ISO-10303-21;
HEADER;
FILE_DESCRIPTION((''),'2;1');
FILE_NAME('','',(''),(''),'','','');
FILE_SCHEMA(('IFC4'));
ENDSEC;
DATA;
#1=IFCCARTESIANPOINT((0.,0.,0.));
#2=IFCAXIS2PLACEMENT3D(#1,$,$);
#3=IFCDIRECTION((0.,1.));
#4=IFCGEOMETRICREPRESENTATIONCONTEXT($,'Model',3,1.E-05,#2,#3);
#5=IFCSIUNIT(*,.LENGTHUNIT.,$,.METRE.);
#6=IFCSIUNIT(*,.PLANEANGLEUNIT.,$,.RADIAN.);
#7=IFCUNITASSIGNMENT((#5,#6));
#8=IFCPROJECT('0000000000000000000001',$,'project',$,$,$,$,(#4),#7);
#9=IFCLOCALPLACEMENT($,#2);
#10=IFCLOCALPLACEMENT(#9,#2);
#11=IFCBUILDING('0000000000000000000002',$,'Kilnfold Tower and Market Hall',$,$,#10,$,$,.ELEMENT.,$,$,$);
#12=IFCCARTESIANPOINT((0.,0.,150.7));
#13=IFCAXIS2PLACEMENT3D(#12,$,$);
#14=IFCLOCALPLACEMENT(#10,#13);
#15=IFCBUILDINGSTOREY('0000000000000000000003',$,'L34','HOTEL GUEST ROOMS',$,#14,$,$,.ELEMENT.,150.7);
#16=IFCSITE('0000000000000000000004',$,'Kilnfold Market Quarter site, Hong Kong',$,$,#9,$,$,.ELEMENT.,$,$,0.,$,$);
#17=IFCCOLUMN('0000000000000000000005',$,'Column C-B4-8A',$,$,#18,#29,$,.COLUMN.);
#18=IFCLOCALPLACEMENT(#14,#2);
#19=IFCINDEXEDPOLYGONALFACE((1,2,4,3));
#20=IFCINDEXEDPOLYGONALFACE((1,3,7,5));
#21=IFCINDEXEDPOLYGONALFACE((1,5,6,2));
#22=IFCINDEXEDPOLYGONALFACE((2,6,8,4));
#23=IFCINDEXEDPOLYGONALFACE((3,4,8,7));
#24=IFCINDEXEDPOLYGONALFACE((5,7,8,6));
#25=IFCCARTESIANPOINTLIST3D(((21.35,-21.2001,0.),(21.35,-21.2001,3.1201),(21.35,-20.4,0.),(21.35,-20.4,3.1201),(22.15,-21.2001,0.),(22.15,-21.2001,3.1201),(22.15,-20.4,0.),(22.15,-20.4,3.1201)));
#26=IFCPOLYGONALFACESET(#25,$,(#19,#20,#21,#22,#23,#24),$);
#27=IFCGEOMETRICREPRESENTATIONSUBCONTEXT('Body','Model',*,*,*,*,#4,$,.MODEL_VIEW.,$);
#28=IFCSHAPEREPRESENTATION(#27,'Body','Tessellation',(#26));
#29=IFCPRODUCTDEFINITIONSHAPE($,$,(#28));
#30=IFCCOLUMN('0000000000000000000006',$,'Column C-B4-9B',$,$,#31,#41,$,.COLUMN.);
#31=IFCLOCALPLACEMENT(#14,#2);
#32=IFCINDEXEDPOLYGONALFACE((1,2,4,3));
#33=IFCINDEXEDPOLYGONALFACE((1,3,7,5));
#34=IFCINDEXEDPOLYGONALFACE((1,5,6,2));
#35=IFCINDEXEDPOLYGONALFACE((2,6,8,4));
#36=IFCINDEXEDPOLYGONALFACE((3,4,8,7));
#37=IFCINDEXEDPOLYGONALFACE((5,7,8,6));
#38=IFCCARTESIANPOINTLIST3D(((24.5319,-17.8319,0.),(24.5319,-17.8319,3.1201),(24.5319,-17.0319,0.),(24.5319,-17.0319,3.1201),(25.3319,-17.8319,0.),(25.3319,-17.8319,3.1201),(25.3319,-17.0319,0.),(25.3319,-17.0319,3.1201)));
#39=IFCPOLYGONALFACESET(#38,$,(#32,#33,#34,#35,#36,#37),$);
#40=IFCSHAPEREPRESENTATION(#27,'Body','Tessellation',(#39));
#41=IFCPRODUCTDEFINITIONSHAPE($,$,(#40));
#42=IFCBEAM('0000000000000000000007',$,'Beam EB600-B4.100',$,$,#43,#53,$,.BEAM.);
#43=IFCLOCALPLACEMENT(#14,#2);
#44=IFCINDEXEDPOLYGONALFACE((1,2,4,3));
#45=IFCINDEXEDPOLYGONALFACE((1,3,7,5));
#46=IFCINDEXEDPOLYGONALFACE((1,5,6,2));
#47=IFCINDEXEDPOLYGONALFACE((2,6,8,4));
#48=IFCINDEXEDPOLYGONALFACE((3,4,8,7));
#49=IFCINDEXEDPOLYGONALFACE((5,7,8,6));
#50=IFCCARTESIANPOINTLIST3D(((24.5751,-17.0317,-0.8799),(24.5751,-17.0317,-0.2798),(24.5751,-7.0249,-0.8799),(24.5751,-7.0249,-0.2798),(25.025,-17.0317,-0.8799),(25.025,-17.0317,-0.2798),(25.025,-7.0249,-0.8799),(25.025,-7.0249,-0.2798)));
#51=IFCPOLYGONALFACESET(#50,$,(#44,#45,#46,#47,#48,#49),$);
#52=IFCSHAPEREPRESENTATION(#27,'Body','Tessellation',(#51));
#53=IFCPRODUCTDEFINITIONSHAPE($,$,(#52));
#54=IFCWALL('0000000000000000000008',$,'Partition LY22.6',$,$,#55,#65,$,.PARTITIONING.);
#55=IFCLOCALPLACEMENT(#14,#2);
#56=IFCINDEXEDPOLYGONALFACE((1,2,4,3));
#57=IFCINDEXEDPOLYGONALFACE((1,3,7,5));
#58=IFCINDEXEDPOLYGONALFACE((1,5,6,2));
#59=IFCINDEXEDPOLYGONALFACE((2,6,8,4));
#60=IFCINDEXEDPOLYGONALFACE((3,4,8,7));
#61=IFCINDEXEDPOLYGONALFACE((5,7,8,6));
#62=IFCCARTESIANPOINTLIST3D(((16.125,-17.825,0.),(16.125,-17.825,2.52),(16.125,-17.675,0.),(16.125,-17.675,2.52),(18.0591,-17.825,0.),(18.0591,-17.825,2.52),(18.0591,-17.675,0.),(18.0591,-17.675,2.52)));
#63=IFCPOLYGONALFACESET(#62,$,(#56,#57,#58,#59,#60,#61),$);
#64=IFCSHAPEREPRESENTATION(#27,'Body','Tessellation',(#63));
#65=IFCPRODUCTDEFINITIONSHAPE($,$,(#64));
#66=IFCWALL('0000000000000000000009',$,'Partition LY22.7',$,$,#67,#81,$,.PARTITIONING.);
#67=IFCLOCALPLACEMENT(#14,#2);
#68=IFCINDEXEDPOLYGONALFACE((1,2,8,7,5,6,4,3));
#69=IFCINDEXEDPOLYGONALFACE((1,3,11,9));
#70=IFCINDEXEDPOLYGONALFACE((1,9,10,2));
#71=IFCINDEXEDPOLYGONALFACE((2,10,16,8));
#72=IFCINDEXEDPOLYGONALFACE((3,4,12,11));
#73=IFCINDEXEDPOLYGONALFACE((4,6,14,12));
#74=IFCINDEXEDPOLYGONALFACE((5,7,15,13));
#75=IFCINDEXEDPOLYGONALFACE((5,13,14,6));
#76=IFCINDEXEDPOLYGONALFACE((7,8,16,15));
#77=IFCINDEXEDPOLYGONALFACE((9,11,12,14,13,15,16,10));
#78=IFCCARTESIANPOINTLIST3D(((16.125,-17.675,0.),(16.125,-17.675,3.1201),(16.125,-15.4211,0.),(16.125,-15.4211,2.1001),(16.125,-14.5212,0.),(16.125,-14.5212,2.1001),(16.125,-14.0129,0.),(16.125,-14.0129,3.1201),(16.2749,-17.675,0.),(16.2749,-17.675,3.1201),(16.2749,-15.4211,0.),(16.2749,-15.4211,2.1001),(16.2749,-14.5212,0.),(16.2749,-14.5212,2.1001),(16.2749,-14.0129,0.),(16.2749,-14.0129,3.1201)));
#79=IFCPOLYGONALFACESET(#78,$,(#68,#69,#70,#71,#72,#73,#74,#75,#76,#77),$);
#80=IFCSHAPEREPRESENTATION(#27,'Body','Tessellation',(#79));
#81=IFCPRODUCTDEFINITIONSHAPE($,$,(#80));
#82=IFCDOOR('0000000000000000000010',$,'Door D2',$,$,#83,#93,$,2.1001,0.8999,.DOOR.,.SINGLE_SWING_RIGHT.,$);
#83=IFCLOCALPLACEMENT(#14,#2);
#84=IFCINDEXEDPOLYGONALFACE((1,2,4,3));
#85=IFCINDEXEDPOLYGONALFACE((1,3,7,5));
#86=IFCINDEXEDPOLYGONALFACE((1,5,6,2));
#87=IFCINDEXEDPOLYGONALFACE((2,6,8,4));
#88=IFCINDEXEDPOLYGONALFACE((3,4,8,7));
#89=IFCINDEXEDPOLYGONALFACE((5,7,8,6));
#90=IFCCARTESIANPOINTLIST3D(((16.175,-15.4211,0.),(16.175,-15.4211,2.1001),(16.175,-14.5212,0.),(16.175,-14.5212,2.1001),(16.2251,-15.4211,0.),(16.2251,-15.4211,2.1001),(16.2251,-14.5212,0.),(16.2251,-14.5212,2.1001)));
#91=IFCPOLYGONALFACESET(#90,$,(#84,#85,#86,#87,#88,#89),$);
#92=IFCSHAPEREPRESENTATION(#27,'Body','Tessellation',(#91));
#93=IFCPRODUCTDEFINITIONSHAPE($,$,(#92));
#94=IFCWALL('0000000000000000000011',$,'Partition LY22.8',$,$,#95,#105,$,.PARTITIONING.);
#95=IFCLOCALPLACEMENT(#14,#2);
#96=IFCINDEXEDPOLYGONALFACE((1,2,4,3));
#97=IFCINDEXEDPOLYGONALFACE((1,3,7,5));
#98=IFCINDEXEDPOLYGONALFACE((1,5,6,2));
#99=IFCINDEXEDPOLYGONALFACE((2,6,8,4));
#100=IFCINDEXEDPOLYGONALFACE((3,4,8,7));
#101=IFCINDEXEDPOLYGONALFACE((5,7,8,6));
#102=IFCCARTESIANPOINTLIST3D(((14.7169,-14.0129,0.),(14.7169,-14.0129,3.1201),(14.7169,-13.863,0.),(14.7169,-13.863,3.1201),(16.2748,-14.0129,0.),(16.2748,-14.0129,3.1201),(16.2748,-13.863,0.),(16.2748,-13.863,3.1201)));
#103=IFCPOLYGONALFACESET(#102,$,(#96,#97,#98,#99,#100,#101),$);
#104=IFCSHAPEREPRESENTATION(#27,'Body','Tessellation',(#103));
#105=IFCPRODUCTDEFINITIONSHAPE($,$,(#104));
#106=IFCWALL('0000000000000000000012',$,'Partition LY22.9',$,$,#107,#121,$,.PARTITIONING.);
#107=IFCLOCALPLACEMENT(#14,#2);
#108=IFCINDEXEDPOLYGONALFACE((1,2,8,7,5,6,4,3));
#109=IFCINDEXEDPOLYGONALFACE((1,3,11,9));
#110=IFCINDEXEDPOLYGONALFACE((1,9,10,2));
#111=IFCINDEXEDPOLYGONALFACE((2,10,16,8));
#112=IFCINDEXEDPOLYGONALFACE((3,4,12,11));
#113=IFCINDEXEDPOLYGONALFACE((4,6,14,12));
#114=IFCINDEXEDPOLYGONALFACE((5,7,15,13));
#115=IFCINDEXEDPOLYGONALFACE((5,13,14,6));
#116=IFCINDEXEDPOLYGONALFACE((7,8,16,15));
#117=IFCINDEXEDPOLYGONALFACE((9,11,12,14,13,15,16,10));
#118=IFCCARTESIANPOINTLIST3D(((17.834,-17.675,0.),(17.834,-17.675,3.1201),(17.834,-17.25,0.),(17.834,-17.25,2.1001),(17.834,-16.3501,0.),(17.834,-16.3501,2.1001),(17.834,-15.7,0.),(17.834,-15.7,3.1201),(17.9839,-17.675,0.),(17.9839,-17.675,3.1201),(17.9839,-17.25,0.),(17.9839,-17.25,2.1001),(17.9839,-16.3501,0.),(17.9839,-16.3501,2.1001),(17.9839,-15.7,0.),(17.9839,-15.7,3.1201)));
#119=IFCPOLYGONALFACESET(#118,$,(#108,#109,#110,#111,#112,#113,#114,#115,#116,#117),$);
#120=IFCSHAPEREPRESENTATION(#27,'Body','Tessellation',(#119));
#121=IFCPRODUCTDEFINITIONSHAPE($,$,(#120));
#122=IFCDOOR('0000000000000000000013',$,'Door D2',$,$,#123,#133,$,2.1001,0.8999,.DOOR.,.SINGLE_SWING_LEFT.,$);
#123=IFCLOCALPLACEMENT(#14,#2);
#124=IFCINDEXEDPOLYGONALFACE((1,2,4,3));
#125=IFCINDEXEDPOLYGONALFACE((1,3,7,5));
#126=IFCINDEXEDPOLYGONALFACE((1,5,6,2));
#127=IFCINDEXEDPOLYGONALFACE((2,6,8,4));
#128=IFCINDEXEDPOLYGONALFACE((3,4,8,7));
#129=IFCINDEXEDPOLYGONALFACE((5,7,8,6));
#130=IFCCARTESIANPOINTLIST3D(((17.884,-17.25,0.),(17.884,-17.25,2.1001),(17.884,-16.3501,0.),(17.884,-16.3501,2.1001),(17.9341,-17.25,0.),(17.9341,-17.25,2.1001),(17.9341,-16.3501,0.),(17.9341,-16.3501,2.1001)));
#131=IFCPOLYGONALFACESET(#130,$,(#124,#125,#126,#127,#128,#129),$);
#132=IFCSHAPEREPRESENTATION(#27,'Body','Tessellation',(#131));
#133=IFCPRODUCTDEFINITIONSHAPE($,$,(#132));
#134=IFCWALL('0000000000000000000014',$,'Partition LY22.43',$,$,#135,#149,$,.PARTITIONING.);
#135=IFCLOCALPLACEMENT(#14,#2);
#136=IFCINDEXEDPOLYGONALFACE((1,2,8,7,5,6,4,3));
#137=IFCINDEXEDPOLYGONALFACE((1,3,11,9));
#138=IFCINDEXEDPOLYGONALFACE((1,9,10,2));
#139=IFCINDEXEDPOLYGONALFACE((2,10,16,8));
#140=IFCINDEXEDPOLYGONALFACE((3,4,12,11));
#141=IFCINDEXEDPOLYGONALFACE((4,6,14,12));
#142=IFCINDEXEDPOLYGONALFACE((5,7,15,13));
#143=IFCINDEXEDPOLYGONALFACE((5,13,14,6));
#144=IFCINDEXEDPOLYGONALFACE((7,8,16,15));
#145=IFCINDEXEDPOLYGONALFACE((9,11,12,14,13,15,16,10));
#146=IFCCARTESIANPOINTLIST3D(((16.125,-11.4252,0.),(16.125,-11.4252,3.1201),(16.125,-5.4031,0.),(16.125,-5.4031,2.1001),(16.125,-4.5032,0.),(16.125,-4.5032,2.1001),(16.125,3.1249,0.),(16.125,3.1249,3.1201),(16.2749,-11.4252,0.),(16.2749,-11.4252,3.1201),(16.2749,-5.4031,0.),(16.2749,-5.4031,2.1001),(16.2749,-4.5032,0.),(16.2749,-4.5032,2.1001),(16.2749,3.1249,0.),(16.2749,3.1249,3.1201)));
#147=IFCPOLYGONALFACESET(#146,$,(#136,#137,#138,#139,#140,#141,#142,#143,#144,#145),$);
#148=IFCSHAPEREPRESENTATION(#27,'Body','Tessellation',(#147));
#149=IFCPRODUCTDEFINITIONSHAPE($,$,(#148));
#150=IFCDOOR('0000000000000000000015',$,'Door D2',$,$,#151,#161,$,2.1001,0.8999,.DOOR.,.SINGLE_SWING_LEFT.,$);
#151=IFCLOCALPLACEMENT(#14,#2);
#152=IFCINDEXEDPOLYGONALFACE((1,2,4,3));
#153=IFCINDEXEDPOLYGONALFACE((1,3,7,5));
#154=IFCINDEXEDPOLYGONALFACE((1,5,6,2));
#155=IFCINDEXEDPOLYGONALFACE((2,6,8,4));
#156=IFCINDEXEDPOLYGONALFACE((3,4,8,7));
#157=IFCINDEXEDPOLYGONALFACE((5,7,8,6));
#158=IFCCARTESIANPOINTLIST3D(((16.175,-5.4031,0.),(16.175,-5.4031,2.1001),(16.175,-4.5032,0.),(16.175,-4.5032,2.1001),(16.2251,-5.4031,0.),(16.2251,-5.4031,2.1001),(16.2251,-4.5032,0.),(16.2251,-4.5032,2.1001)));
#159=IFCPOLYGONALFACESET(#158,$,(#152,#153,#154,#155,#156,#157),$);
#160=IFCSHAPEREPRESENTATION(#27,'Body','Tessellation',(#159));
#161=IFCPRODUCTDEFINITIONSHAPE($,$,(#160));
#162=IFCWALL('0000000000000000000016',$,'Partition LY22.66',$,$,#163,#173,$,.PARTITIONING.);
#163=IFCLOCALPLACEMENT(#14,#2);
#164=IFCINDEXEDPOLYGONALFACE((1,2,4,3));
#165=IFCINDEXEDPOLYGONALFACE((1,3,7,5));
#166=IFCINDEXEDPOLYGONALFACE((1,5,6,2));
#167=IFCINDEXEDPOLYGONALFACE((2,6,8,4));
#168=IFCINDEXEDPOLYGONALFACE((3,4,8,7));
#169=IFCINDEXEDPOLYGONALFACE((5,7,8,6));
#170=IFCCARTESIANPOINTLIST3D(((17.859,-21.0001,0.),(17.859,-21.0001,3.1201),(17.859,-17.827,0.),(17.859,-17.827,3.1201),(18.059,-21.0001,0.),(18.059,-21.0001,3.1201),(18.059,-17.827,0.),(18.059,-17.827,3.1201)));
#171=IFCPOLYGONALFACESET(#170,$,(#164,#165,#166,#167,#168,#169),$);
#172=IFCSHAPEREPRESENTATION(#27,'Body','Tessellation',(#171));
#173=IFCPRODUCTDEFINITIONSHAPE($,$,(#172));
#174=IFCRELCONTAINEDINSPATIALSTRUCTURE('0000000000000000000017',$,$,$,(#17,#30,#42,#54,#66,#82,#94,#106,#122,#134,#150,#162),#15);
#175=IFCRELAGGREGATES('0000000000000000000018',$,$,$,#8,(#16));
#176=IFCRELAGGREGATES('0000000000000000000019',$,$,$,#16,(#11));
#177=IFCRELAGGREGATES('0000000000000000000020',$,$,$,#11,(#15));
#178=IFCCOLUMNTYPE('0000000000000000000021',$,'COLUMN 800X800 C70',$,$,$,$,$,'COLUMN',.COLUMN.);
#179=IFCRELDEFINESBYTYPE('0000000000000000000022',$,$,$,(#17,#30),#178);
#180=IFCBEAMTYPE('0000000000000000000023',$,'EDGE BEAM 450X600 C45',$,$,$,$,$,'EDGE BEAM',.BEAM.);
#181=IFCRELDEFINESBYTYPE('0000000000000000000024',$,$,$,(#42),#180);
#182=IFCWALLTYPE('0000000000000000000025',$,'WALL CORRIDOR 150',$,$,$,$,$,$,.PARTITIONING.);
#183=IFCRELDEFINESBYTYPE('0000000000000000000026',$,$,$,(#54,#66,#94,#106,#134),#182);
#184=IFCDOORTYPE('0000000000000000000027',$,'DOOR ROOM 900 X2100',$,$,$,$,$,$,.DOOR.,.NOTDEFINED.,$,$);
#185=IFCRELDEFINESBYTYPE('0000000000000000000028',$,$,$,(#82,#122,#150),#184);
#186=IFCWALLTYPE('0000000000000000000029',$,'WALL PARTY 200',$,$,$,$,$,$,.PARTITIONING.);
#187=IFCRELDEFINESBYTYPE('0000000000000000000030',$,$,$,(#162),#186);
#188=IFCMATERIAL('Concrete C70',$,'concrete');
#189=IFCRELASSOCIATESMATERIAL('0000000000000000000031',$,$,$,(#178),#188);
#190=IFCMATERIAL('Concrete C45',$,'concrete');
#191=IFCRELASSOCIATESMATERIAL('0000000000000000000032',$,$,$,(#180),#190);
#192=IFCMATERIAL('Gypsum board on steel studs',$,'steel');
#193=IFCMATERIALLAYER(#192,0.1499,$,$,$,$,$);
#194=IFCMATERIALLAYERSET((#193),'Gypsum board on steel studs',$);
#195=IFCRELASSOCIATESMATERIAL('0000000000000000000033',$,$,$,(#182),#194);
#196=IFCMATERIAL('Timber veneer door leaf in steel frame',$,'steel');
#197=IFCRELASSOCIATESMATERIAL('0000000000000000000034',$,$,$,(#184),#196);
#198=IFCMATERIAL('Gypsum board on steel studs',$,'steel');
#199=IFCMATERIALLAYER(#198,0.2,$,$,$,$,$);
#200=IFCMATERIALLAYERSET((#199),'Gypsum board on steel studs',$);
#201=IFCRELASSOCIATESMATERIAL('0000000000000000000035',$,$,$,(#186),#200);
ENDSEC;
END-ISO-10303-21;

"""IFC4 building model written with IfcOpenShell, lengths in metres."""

from ifc_helpers import new_model, si_unit, direction, frame, frame_2d, origin, origin_2d, place, context, subcontext, project, spatial, rectangle, extrude, source, transform, mapped, material, layer, layer_set, material_profile, profile_set, type_object, element, fill, save


model = new_model("IFC4")

# Units and contexts
model_context = context("Model", 3, precision=1e-05, world=origin(), true_north=direction((0.0, 1.0)))
body_context = subcontext(model_context, "Body", "Model", "MODEL_VIEW")
ifc_project = project(units=[si_unit("LENGTHUNIT", "METRE"), si_unit("PLANEANGLEUNIT", "RADIAN")], contexts=[model_context])

# Site, building, storey
site_placement = place(None, origin())
site = spatial("IfcSite", under=ifc_project, at=site_placement, Name="Kilnfold Market Quarter site, Hong Kong", CompositionType="ELEMENT", RefElevation=0.0)
building_placement = place(site_placement, origin())
building = spatial("IfcBuilding", under=site, at=building_placement, Name="Kilnfold Tower and Market Hall", CompositionType="ELEMENT")
storey_placement = place(building_placement, frame((0.0, 0.0, 150.7)))
storey = spatial("IfcBuildingStorey", under=building, at=storey_placement, Name="L34", Description="HOTEL GUEST ROOMS", CompositionType="ELEMENT", Elevation=150.7)

# Columns
ifc_material_1 = material(Name="Concrete C70", Category="concrete")
ifc_material_profile_1 = material_profile(ifc_material_1, rectangle(XDim=0.8, YDim=0.8, at=origin_2d()), Name="RC 800x800")
ifc_profile_set_1 = profile_set([ifc_material_profile_1], Name="Concrete C70")
column_type = type_object("IfcColumnType", Name="COLUMN 800X800 C70", ElementType="COLUMN", PredefinedType="COLUMN", material=ifc_profile_set_1)
shared_shape_1 = source(origin(), body_context, "Body", "SweptSolid", [
    extrude(rectangle(XDim=0.8, YDim=0.8, at=origin_2d()), origin(), (0.0, 0.0, 1.0), 3.1201),
])
for number, where, z_axis, x_axis, name in (
    (1, (21.75, -20.8, 0.0), (0.0, 0.0, 1.0), (1.0, 0.0, 0.0), "Column C-B4-8A"),
    (2, (24.9319, -17.4319, 0.0), (0.0, 0.0, 1.0), (1.0, 0.0, 0.0), "Column C-B4-9B"),
):
    element("IfcColumn", number, at=place(storey_placement, frame(where, z_axis=z_axis, x_axis=x_axis)), inside=storey, type_object=column_type, Name=name, PredefinedType="COLUMN", context=body_context, shape_type="MappedRepresentation", body=[
        mapped(shared_shape_1, transform((0.0, 0.0, 0.0))),
    ])

# Beam
ifc_material_2 = material(Name="Concrete C45", Category="concrete")
ifc_material_profile_2 = material_profile(ifc_material_2, rectangle(XDim=0.45, YDim=0.6001, at=origin_2d()), Name="RC 450x600")
ifc_profile_set_2 = profile_set([ifc_material_profile_2], Name="Concrete C45")
beam_type = type_object("IfcBeamType", Name="EDGE BEAM 450X600 C45", ElementType="EDGE BEAM", PredefinedType="BEAM", material=ifc_profile_set_2)
shared_shape_2 = source(origin(), body_context, "Body", "SweptSolid", [
    extrude(rectangle(XDim=0.45, YDim=0.6001, at=origin_2d()), origin(), (0.0, 0.0, 1.0), 10.0068),
])
beam_placement = place(storey_placement, frame((24.8, -17.0317, -0.5798), z_axis=(0.0, 1.0, 0.0), x_axis=(-1.0, 0.0, 0.0)))
element("IfcBeam", 3, at=beam_placement, inside=storey, type_object=beam_type, Name="Beam EB600-B4.100", PredefinedType="BEAM", context=body_context, shape_type="MappedRepresentation", body=[
    mapped(shared_shape_2, transform((0.0, 0.0, 0.0))),
])

# Wall
ifc_material_3 = material(Name="Gypsum board on steel studs", Category="steel")
ifc_layer_1 = layer(ifc_material_3, 0.1499)
ifc_layer_set_1 = layer_set([ifc_layer_1], Name="Gypsum board on steel studs")
wall_type_1 = type_object("IfcWallType", Name="WALL CORRIDOR 150", PredefinedType="PARTITIONING", material=ifc_layer_set_1)
wall_1_placement = place(storey_placement, frame((16.125, -17.75, 0.0), z_axis=(0.0, 0.0, 1.0), x_axis=(1.0, 0.0, 0.0)))
element("IfcWall", 4, at=wall_1_placement, inside=storey, type_object=wall_type_1, Name="Partition LY22.6", PredefinedType="PARTITIONING", context=body_context, shape_type="SweptSolid", body=[
    extrude(rectangle(XDim=1.9341, YDim=0.1499, at=frame_2d((0.967, 0.0))), origin(), (0.0, 0.0, 1.0), 2.52),
])

# Wall, opening, door
wall_2_placement = place(storey_placement, frame((16.2, -17.675, 0.0), z_axis=(0.0, 0.0, 1.0), x_axis=(0.0, 1.0, 0.0)))
wall_2 = element("IfcWall", 5, at=wall_2_placement, inside=storey, type_object=wall_type_1, Name="Partition LY22.7", PredefinedType="PARTITIONING", context=body_context, shape_type="SweptSolid", body=[
    extrude(rectangle(XDim=3.6621, YDim=0.1499, at=frame_2d((1.8311, 0.0))), origin(), (0.0, 0.0, 1.0), 3.1201),
])
opening_1_placement = place(wall_2_placement, frame((2.2539, 0.0, 0.0)))
opening_1 = element("IfcOpeningElement", 6, at=opening_1_placement, cuts=wall_2, PredefinedType="OPENING", context=body_context, shape_type="SweptSolid", body=[
    extrude(rectangle(XDim=0.8999, YDim=2.1001, at=frame_2d((0.45, 1.05))), frame((0.0, 0.085, 0.0), z_axis=(0.0, -1.0, 0.0), x_axis=(1.0, 0.0, 0.0)), (0.0, 0.0, 1.0), 0.1699),
])
ifc_material_4 = material(Name="Timber veneer door leaf in steel frame", Category="steel")
door_type_1 = type_object("IfcDoorType", Name="DOOR ROOM 900 X2100", OperationType="NOTDEFINED", PredefinedType="DOOR", material=ifc_material_4)
door_1_placement = place(opening_1_placement, origin())
door_1 = element("IfcDoor", 7, at=door_1_placement, inside=storey, type_object=door_type_1, Name="Door D2", OperationType="SINGLE_SWING_RIGHT", OverallHeight=2.1001, OverallWidth=0.8999, PredefinedType="DOOR", context=body_context, shape_type="SweptSolid", body=[
    extrude(rectangle(XDim=0.8999, YDim=2.1001, at=frame_2d((0.45, 1.05))), frame((0.0, 0.0249, 0.0), z_axis=(0.0, -1.0, 0.0), x_axis=(1.0, 0.0, 0.0)), (0.0, 0.0, 1.0), 0.05),
])
fill(opening_1, door_1)

# Wall
wall_3_placement = place(storey_placement, frame((14.717, -13.938, 0.0), z_axis=(0.0, 0.0, 1.0), x_axis=(1.0, 0.0, 0.0)))
element("IfcWall", 8, at=wall_3_placement, inside=storey, type_object=wall_type_1, Name="Partition LY22.8", PredefinedType="PARTITIONING", context=body_context, shape_type="SweptSolid", body=[
    extrude(rectangle(XDim=1.5579, YDim=0.1499, at=frame_2d((0.7788, 0.0))), origin(), (0.0, 0.0, 1.0), 3.1201),
])

# Walls, openings, doors
wall_4_placement = place(storey_placement, frame((17.9089, -17.675, 0.0), z_axis=(0.0, 0.0, 1.0), x_axis=(0.0, 1.0, 0.0)))
wall_4 = element("IfcWall", 9, at=wall_4_placement, inside=storey, type_object=wall_type_1, Name="Partition LY22.9", PredefinedType="PARTITIONING", context=body_context, shape_type="SweptSolid", body=[
    extrude(rectangle(XDim=1.9751, YDim=0.1499, at=frame_2d((0.9875, 0.0))), origin(), (0.0, 0.0, 1.0), 3.1201),
])
opening_2_placement = place(wall_4_placement, frame((0.425, 0.0, 0.0)))
opening_2 = element("IfcOpeningElement", 10, at=opening_2_placement, cuts=wall_4, PredefinedType="OPENING", context=body_context, shape_type="SweptSolid", body=[
    extrude(rectangle(XDim=0.8999, YDim=2.1001, at=frame_2d((0.45, 1.05))), frame((0.0, 0.085, 0.0), z_axis=(0.0, -1.0, 0.0), x_axis=(1.0, 0.0, 0.0)), (0.0, 0.0, 1.0), 0.1699),
])
door_2_placement = place(opening_2_placement, origin())
door_2 = element("IfcDoor", 11, at=door_2_placement, inside=storey, type_object=door_type_1, Name="Door D2", OperationType="SINGLE_SWING_LEFT", OverallHeight=2.1001, OverallWidth=0.8999, PredefinedType="DOOR", context=body_context, shape_type="SweptSolid", body=[
    extrude(rectangle(XDim=0.8999, YDim=2.1001, at=frame_2d((0.45, 1.05))), frame((0.0, 0.0249, 0.0), z_axis=(0.0, -1.0, 0.0), x_axis=(1.0, 0.0, 0.0)), (0.0, 0.0, 1.0), 0.05),
])
fill(opening_2, door_2)
wall_5_placement = place(storey_placement, frame((16.2, -11.425, 0.0), z_axis=(0.0, 0.0, 1.0), x_axis=(0.0, 1.0, 0.0)))
wall_5 = element("IfcWall", 12, at=wall_5_placement, inside=storey, type_object=wall_type_1, Name="Partition LY22.43", PredefinedType="PARTITIONING", context=body_context, shape_type="SweptSolid", body=[
    extrude(rectangle(XDim=14.55, YDim=0.1499, at=frame_2d((7.2749, 0.0))), origin(), (0.0, 0.0, 1.0), 3.1201),
])
opening_3_placement = place(wall_5_placement, frame((6.022, 0.0, 0.0)))
opening_3 = element("IfcOpeningElement", 13, at=opening_3_placement, cuts=wall_5, PredefinedType="OPENING", context=body_context, shape_type="SweptSolid", body=[
    extrude(rectangle(XDim=0.8999, YDim=2.1001, at=frame_2d((0.45, 1.05))), frame((0.0, 0.085, 0.0), z_axis=(0.0, -1.0, 0.0), x_axis=(1.0, 0.0, 0.0)), (0.0, 0.0, 1.0), 0.1699),
])
door_3_placement = place(opening_3_placement, origin())
door_3 = element("IfcDoor", 14, at=door_3_placement, inside=storey, type_object=door_type_1, Name="Door D2", OperationType="SINGLE_SWING_LEFT", OverallHeight=2.1001, OverallWidth=0.8999, PredefinedType="DOOR", context=body_context, shape_type="SweptSolid", body=[
    extrude(rectangle(XDim=0.8999, YDim=2.1001, at=frame_2d((0.45, 1.05))), frame((0.0, 0.0249, 0.0), z_axis=(0.0, -1.0, 0.0), x_axis=(1.0, 0.0, 0.0)), (0.0, 0.0, 1.0), 0.05),
])
fill(opening_3, door_3)

# Wall
ifc_material_5 = material(Name="Gypsum board on steel studs", Category="steel")
ifc_layer_2 = layer(ifc_material_5, 0.2)
ifc_layer_set_2 = layer_set([ifc_layer_2], Name="Gypsum board on steel studs")
wall_type_2 = type_object("IfcWallType", Name="WALL PARTY 200", PredefinedType="PARTITIONING", material=ifc_layer_set_2)
wall_6_placement = place(storey_placement, frame((17.959, -21.0, 0.0), z_axis=(0.0, 0.0, 1.0), x_axis=(0.0, 1.0, 0.0)))
element("IfcWall", 15, at=wall_6_placement, inside=storey, type_object=wall_type_2, Name="Partition LY22.66", PredefinedType="PARTITIONING", context=body_context, shape_type="SweptSolid", body=[
    extrude(rectangle(XDim=3.1731, YDim=0.2, at=frame_2d((1.5864, 0.0))), origin(), (0.0, 0.0, 1.0), 3.1201),
])

save(model, "model.ifc")
